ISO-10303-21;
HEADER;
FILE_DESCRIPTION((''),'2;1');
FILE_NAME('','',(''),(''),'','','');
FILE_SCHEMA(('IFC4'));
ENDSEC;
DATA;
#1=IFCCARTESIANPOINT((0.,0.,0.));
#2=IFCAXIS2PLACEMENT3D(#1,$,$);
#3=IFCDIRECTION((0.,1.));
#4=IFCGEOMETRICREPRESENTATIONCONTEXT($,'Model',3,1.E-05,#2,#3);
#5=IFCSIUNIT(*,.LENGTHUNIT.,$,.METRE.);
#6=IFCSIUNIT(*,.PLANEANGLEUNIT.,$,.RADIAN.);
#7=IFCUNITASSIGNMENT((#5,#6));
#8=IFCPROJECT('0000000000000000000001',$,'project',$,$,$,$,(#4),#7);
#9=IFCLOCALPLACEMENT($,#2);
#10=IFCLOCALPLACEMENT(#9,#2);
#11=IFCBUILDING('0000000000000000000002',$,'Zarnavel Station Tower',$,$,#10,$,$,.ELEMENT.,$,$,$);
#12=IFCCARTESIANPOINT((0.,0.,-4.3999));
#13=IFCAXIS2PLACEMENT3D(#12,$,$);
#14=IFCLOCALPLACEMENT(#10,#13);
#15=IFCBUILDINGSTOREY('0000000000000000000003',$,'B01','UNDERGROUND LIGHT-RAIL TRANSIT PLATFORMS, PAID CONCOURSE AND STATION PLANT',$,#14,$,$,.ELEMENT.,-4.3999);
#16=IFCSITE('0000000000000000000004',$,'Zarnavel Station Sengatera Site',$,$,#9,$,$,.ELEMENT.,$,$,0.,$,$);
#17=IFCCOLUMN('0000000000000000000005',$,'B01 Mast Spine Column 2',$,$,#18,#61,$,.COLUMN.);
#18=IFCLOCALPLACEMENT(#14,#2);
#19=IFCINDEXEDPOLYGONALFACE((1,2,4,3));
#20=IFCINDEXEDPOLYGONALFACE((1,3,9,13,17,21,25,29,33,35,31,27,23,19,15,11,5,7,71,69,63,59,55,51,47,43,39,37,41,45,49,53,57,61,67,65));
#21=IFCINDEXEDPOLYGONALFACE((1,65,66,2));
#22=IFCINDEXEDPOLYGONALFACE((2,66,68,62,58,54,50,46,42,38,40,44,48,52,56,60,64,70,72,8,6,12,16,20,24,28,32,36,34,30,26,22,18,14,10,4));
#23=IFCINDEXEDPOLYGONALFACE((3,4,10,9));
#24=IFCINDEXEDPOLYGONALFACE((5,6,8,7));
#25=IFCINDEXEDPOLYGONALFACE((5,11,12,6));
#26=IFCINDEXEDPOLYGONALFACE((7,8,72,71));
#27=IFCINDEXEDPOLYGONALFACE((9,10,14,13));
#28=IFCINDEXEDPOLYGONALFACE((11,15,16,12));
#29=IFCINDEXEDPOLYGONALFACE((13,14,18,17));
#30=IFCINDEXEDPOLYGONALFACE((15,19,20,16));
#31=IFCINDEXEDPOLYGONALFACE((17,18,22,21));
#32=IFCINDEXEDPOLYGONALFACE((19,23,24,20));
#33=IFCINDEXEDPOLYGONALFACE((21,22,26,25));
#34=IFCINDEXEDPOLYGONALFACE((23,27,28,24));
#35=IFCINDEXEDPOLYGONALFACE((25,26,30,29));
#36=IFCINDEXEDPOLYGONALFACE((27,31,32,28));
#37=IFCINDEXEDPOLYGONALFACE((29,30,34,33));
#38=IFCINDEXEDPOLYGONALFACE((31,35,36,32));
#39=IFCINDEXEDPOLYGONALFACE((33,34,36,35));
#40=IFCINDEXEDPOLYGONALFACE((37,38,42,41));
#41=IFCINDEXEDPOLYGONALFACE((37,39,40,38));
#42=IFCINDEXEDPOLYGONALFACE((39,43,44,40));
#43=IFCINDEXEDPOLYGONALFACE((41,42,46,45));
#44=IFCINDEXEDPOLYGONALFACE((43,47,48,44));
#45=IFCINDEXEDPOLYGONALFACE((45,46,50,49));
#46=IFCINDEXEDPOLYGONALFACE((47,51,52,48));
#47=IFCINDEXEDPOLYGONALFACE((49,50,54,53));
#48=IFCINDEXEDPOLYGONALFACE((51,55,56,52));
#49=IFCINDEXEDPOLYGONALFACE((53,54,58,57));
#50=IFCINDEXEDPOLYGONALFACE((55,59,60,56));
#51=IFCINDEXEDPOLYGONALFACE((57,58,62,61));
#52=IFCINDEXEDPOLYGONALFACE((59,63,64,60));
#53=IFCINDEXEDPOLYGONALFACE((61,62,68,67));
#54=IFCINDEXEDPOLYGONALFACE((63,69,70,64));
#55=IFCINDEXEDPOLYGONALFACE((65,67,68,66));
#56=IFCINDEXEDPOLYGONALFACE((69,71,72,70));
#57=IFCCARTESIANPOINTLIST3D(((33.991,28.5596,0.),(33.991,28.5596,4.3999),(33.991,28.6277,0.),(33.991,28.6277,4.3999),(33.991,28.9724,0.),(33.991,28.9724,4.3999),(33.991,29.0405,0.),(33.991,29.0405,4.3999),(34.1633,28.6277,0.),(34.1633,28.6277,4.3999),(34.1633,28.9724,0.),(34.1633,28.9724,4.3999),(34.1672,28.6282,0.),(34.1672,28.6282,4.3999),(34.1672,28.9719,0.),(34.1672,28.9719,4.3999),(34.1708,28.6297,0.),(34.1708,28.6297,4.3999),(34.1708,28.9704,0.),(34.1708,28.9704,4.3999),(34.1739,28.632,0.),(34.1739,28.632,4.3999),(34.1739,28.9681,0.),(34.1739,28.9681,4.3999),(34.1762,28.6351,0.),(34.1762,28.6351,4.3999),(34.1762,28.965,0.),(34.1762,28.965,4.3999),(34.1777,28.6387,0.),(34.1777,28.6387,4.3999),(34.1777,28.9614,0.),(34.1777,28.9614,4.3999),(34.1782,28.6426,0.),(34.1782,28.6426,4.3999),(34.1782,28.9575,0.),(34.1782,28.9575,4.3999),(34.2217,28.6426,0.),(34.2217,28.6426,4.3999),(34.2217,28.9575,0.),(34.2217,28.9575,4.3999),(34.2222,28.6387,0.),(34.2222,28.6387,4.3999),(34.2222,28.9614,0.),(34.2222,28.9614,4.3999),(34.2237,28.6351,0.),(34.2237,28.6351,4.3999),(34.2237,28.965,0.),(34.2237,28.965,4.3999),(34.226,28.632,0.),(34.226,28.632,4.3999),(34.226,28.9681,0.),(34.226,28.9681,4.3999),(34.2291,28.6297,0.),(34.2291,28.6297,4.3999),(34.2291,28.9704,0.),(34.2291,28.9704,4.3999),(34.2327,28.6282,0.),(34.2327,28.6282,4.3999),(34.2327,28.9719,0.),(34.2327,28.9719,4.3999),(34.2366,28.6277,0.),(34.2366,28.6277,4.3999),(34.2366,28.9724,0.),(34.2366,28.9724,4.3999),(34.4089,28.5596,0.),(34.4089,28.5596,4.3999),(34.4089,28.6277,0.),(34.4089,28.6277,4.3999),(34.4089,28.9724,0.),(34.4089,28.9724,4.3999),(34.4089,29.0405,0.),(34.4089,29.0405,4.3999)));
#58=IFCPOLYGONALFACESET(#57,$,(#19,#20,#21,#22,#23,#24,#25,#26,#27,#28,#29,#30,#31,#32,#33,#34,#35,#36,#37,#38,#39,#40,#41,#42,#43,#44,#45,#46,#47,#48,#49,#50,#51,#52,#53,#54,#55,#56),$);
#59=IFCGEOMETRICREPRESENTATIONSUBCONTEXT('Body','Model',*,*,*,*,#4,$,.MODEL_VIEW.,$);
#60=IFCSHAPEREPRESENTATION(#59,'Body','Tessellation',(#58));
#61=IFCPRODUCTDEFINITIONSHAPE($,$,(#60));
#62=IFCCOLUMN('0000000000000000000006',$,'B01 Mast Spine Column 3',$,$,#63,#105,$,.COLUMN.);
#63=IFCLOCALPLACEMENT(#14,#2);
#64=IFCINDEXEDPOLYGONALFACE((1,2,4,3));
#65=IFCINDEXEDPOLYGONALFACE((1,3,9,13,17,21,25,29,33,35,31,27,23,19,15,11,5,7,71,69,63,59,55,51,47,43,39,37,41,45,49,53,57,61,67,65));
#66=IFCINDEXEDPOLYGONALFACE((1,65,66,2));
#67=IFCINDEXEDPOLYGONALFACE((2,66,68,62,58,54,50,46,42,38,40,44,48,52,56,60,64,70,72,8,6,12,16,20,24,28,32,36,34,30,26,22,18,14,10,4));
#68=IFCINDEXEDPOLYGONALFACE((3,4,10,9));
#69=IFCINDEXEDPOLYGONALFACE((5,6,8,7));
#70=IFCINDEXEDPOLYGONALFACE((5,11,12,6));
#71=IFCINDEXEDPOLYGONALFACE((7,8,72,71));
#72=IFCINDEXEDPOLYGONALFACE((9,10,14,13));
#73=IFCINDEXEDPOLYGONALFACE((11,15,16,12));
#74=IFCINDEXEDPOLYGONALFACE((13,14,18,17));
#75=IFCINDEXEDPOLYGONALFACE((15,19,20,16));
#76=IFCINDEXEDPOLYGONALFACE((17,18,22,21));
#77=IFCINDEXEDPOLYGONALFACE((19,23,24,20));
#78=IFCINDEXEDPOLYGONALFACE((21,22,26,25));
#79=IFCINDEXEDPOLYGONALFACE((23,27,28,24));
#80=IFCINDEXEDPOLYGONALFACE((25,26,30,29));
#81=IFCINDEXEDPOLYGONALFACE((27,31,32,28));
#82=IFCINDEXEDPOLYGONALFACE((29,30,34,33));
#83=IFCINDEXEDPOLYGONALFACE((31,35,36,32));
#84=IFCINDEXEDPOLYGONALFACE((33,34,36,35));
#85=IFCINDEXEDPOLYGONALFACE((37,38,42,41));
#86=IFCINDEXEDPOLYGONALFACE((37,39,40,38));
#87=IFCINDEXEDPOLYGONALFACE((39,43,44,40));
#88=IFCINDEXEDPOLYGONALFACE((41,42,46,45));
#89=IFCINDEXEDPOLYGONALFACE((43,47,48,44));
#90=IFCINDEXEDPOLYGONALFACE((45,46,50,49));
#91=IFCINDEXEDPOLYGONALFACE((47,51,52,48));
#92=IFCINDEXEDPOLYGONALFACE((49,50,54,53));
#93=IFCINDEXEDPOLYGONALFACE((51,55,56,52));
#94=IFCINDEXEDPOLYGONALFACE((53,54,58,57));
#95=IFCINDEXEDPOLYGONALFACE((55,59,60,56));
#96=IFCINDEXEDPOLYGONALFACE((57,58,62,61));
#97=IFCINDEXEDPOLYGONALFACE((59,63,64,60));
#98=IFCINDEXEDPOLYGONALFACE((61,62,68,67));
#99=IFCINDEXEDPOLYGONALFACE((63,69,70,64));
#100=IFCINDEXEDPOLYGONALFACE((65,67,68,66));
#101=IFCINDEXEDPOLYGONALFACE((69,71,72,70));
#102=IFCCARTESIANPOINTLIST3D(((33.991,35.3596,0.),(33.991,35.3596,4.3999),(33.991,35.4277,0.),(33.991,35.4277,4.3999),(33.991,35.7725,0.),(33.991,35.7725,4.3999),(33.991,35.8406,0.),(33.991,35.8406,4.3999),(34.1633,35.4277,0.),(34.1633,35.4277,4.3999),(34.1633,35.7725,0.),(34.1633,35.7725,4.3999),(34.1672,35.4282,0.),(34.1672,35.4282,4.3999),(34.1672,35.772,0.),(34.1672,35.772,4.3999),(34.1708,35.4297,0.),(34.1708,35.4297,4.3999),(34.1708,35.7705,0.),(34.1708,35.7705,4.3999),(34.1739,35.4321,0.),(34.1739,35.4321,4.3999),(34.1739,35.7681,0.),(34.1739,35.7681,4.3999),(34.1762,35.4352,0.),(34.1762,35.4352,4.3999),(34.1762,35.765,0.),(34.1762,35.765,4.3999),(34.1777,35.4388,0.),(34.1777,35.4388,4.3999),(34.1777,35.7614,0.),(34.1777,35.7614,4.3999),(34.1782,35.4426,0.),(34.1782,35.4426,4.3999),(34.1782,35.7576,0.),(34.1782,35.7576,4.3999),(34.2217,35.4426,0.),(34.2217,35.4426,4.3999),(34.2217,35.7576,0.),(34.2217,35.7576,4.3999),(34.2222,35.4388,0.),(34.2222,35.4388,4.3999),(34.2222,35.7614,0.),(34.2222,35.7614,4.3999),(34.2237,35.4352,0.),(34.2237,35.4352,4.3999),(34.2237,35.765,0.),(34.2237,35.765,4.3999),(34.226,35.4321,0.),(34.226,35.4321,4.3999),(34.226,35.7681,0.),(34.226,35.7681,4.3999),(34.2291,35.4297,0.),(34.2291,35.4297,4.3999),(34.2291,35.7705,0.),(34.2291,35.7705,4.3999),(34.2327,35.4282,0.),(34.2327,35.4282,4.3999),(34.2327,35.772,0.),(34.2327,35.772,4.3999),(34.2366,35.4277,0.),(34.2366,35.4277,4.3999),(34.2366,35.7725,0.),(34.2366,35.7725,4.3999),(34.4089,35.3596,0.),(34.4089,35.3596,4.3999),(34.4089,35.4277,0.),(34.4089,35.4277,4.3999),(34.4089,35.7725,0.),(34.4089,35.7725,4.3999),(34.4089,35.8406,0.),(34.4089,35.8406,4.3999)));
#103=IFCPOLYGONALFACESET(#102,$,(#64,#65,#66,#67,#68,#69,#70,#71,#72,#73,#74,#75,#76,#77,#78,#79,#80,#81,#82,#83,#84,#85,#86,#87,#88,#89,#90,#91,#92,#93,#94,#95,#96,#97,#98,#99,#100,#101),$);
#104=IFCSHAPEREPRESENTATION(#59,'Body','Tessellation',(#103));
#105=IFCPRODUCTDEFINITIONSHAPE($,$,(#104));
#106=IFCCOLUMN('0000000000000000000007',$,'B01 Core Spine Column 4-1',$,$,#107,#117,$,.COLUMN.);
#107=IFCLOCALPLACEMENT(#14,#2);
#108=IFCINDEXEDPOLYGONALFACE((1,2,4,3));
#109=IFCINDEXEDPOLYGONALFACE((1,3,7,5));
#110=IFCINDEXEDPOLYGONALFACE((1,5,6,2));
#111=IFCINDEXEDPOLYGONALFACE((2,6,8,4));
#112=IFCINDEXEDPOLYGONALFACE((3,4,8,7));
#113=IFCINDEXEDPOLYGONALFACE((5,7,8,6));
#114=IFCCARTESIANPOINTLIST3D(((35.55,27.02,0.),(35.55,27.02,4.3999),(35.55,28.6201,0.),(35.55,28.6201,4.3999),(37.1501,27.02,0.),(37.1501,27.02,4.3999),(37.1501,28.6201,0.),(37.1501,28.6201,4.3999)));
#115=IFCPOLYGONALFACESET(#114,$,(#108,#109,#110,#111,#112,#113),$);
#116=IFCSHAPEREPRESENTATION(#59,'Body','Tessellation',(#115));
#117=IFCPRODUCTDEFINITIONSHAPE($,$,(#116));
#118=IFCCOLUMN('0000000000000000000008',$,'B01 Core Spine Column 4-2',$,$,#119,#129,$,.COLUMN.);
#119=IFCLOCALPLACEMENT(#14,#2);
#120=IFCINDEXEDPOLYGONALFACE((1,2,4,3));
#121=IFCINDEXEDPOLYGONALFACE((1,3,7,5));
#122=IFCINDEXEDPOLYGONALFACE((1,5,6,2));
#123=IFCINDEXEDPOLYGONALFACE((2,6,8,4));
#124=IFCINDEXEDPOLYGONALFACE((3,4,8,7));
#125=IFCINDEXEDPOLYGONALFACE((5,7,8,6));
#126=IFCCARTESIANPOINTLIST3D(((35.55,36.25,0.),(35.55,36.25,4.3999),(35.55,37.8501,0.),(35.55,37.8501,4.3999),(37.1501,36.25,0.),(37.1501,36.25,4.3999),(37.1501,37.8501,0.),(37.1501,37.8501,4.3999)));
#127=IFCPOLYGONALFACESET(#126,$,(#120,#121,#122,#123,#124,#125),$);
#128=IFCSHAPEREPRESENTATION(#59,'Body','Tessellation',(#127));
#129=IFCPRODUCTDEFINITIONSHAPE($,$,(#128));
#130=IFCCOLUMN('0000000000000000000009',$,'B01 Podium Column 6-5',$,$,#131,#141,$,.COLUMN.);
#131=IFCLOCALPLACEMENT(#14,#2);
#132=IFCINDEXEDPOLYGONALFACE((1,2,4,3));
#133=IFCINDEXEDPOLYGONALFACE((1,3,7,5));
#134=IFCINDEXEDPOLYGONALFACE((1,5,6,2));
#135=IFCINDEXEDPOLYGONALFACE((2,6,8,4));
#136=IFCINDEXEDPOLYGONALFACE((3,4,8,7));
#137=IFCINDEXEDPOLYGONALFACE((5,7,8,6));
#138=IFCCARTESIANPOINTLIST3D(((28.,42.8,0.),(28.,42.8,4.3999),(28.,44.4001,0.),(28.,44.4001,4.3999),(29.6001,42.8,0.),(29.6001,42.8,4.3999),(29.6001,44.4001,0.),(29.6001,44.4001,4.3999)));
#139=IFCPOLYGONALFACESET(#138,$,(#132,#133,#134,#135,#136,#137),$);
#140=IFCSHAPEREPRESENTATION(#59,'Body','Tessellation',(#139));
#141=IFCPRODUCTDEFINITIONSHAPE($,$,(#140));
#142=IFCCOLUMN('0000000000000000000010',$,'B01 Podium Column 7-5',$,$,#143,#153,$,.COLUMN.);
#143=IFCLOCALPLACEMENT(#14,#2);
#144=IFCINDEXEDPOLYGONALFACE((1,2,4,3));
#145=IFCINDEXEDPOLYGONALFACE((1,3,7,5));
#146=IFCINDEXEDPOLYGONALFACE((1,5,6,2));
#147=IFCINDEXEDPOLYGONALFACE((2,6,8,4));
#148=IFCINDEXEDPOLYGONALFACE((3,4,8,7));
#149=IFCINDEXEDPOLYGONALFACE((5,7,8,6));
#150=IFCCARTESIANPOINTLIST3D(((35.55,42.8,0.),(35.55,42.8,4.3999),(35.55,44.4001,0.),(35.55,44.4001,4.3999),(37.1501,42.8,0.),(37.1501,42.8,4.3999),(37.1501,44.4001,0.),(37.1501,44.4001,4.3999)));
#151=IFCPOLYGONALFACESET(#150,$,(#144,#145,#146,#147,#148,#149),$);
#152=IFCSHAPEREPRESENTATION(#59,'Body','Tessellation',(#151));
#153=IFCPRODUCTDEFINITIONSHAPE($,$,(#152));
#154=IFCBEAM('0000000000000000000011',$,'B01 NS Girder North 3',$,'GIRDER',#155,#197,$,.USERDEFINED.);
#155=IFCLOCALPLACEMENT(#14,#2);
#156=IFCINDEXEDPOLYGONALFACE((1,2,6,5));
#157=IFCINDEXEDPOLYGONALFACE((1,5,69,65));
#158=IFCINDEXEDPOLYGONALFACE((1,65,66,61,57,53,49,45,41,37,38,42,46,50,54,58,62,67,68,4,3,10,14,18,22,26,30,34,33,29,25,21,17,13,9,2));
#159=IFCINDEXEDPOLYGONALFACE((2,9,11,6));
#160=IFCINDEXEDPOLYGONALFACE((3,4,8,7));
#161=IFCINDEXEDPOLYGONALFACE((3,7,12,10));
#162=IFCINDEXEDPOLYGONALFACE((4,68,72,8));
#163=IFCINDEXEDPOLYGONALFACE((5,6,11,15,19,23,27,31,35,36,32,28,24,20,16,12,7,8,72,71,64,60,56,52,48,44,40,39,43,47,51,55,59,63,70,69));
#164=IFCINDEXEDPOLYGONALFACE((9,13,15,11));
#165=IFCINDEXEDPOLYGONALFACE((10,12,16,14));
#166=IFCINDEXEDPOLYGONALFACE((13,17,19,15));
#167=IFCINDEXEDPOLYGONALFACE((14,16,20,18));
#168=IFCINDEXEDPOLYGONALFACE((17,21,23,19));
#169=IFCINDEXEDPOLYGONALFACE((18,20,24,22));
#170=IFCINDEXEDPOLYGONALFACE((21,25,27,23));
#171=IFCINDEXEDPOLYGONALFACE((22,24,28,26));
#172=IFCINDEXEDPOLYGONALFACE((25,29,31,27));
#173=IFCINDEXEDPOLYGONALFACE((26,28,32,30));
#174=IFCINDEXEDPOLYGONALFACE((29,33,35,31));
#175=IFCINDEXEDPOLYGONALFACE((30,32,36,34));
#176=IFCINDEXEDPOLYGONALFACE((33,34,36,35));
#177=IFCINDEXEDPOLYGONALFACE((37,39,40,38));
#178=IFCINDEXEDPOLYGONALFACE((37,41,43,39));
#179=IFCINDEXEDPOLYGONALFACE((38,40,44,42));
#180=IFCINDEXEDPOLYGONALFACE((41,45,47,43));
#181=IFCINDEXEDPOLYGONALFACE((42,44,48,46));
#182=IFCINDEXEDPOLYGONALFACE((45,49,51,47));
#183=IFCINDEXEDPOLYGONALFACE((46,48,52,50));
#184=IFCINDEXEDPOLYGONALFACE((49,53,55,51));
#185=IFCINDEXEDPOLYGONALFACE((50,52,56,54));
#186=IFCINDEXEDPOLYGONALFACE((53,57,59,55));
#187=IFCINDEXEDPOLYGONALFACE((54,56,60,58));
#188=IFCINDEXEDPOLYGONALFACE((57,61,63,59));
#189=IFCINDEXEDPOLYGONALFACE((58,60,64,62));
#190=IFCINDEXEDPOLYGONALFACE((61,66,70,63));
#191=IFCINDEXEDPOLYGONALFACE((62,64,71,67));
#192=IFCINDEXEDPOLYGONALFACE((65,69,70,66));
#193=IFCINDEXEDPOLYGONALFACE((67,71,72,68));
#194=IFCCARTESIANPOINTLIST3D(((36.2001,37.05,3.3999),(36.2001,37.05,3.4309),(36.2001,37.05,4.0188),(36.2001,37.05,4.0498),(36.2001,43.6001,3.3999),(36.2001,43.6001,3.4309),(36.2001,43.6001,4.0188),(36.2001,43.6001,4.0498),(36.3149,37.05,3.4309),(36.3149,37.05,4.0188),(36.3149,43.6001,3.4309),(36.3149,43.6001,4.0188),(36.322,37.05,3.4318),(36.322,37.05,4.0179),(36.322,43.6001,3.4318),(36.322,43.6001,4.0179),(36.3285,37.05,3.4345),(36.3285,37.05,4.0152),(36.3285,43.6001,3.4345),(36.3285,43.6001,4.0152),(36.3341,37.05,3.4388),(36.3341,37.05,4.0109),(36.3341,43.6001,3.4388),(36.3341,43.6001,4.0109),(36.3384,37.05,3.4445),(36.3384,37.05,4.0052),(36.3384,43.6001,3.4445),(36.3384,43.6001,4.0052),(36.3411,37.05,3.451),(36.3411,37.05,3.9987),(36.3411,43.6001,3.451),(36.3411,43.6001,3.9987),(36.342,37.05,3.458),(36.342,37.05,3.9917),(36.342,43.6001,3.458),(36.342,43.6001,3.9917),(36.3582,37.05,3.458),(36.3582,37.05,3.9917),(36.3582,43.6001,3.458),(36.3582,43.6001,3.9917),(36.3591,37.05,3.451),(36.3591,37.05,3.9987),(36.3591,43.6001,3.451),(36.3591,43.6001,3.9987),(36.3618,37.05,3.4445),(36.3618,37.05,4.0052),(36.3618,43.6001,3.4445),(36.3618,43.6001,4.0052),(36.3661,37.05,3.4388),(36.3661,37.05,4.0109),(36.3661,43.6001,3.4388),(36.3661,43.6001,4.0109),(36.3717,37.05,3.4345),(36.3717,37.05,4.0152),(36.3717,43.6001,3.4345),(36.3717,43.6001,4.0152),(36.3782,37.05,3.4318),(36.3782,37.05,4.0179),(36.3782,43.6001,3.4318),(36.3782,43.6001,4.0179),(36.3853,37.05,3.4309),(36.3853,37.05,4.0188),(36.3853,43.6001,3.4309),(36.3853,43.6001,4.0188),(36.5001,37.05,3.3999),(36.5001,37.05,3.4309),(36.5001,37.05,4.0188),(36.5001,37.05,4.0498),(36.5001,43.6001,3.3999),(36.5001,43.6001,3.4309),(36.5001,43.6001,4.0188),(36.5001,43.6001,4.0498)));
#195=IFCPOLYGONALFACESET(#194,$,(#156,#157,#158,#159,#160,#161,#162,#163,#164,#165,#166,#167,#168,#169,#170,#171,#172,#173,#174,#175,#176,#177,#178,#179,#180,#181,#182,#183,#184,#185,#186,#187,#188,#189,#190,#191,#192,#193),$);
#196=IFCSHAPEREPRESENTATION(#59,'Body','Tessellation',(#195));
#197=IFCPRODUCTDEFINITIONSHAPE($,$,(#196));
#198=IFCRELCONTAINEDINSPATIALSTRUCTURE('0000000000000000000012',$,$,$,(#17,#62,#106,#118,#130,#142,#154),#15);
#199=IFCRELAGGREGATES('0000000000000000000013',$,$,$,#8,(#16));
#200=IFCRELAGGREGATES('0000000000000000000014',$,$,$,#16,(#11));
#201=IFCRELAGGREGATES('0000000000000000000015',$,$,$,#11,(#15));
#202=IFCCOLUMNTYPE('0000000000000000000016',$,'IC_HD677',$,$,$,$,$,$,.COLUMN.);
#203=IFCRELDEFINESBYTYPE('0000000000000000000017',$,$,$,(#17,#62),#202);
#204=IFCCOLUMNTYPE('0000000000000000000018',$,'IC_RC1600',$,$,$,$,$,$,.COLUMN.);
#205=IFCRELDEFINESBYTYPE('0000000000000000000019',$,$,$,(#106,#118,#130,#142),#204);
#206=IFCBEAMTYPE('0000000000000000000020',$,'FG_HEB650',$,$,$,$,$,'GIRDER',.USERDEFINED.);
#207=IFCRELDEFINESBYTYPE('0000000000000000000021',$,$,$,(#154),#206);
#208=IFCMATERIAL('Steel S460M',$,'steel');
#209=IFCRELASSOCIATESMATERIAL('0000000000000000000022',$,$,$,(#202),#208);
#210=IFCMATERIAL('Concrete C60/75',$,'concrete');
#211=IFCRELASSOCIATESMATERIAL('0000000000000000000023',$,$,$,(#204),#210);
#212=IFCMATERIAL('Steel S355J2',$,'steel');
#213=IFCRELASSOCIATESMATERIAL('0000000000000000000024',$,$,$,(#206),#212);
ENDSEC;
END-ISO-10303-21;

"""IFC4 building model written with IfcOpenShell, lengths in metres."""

from ifc_helpers import new_model, si_unit, direction, frame, origin, origin_2d, place, context, subcontext, project, spatial, rectangle, i_section, extrude, material, material_profile, profile_set, type_object, element, save


model = new_model("IFC4")

# Units and contexts
model_context = context("Model", 3, precision=1e-05, world=origin(), true_north=direction((0.0, 1.0)))
body_context = subcontext(model_context, "Body", "Model", "MODEL_VIEW")
ifc_project = project(units=[si_unit("LENGTHUNIT", "METRE"), si_unit("PLANEANGLEUNIT", "RADIAN")], contexts=[model_context])

# Site, building, storey
site_placement = place(None, origin())
site = spatial("IfcSite", under=ifc_project, at=site_placement, Name="Zarnavel Station Sengatera Site", CompositionType="ELEMENT", RefElevation=0.0)
building_placement = place(site_placement, origin())
building = spatial("IfcBuilding", under=site, at=building_placement, Name="Zarnavel Station Tower", CompositionType="ELEMENT")
storey_placement = place(building_placement, frame((0.0, 0.0, -4.3999)))
storey = spatial("IfcBuildingStorey", under=building, at=storey_placement, Name="B01", Description="UNDERGROUND LIGHT-RAIL TRANSIT PLATFORMS, PAID CONCOURSE AND STATION PLANT", CompositionType="ELEMENT", Elevation=-4.3999)

# Columns
ifc_material_1 = material(Name="Steel S460M", Category="steel")
ifc_material_profile_1 = material_profile(ifc_material_1, i_section(OverallWidth=0.418, OverallDepth=0.481, WebThickness=0.0435, FlangeThickness=0.0681, FilletRadius=0.0149, at=origin_2d()), Name="HD400x677")
ifc_profile_set_1 = profile_set([ifc_material_profile_1], Name="Steel S460M")
column_type_1 = type_object("IfcColumnType", Name="IC_HD677", PredefinedType="COLUMN", material=ifc_profile_set_1)
for number, where, z_axis, x_axis, name in (
    (1, (34.2, 28.8, 0.0), (0.0, 0.0, 1.0), (1.0, 0.0, 0.0), "B01 Mast Spine Column 2"),
    (2, (34.2, 35.6001, 0.0), (0.0, 0.0, 1.0), (1.0, 0.0, 0.0), "B01 Mast Spine Column 3"),
):
    element("IfcColumn", number, at=place(storey_placement, frame(where, z_axis=z_axis, x_axis=x_axis)), inside=storey, type_object=column_type_1, Name=name, PredefinedType="COLUMN", context=body_context, shape_type="SweptSolid", body=[
        extrude(i_section(OverallWidth=0.418, OverallDepth=0.481, WebThickness=0.0435, FlangeThickness=0.0681, FilletRadius=0.0149, at=origin_2d()), origin(), (0.0, 0.0, 1.0), 4.3999),
    ])
ifc_material_2 = material(Name="Concrete C60/75", Category="concrete")
ifc_material_profile_2 = material_profile(ifc_material_2, rectangle(XDim=1.6001, YDim=1.6001, at=origin_2d()), Name="RC1600x1600")
ifc_profile_set_2 = profile_set([ifc_material_profile_2], Name="Concrete C60/75")
column_type_2 = type_object("IfcColumnType", Name="IC_RC1600", PredefinedType="COLUMN", material=ifc_profile_set_2)
for number, where, z_axis, x_axis, name in (
    (3, (36.3501, 27.8201, 0.0), (0.0, 0.0, 1.0), (1.0, 0.0, 0.0), "B01 Core Spine Column 4-1"),
    (4, (36.3501, 37.05, 0.0), (0.0, 0.0, 1.0), (1.0, 0.0, 0.0), "B01 Core Spine Column 4-2"),
    (5, (28.8, 43.6001, 0.0), (0.0, 0.0, 1.0), (1.0, 0.0, 0.0), "B01 Podium Column 6-5"),
    (6, (36.3501, 43.6001, 0.0), (0.0, 0.0, 1.0), (1.0, 0.0, 0.0), "B01 Podium Column 7-5"),
):
    element("IfcColumn", number, at=place(storey_placement, frame(where, z_axis=z_axis, x_axis=x_axis)), inside=storey, type_object=column_type_2, Name=name, PredefinedType="COLUMN", context=body_context, shape_type="SweptSolid", body=[
        extrude(rectangle(XDim=1.6001, YDim=1.6001, at=origin_2d()), origin(), (0.0, 0.0, 1.0), 4.3999),
    ])

# Beam
ifc_material_3 = material(Name="Steel S355J2", Category="steel")
ifc_material_profile_3 = material_profile(ifc_material_3, i_section(OverallWidth=0.3, OverallDepth=0.6499, WebThickness=0.0161, FlangeThickness=0.031, FilletRadius=0.0271, at=origin_2d()), Name="HEB650")
ifc_profile_set_3 = profile_set([ifc_material_profile_3], Name="Steel S355J2")
beam_type_1 = type_object("IfcBeamType", Name="FG_HEB650", ElementType="GIRDER", PredefinedType="USERDEFINED", material=ifc_profile_set_3)
beam_1_placement = place(storey_placement, frame((36.3501, 37.05, 3.7249), z_axis=(0.0, 1.0, 0.0), x_axis=(-1.0, 0.0, 0.0)))
element("IfcBeam", 7, at=beam_1_placement, inside=storey, type_object=beam_type_1, Name="B01 NS Girder North 3", ObjectType="GIRDER", PredefinedType="USERDEFINED", context=body_context, shape_type="SweptSolid", body=[
    extrude(i_section(OverallWidth=0.3, OverallDepth=0.6499, WebThickness=0.0161, FlangeThickness=0.031, FilletRadius=0.0271, at=origin_2d()), origin(), (0.0, 0.0, 1.0), 6.55),
])

save(model, "model.ifc")
